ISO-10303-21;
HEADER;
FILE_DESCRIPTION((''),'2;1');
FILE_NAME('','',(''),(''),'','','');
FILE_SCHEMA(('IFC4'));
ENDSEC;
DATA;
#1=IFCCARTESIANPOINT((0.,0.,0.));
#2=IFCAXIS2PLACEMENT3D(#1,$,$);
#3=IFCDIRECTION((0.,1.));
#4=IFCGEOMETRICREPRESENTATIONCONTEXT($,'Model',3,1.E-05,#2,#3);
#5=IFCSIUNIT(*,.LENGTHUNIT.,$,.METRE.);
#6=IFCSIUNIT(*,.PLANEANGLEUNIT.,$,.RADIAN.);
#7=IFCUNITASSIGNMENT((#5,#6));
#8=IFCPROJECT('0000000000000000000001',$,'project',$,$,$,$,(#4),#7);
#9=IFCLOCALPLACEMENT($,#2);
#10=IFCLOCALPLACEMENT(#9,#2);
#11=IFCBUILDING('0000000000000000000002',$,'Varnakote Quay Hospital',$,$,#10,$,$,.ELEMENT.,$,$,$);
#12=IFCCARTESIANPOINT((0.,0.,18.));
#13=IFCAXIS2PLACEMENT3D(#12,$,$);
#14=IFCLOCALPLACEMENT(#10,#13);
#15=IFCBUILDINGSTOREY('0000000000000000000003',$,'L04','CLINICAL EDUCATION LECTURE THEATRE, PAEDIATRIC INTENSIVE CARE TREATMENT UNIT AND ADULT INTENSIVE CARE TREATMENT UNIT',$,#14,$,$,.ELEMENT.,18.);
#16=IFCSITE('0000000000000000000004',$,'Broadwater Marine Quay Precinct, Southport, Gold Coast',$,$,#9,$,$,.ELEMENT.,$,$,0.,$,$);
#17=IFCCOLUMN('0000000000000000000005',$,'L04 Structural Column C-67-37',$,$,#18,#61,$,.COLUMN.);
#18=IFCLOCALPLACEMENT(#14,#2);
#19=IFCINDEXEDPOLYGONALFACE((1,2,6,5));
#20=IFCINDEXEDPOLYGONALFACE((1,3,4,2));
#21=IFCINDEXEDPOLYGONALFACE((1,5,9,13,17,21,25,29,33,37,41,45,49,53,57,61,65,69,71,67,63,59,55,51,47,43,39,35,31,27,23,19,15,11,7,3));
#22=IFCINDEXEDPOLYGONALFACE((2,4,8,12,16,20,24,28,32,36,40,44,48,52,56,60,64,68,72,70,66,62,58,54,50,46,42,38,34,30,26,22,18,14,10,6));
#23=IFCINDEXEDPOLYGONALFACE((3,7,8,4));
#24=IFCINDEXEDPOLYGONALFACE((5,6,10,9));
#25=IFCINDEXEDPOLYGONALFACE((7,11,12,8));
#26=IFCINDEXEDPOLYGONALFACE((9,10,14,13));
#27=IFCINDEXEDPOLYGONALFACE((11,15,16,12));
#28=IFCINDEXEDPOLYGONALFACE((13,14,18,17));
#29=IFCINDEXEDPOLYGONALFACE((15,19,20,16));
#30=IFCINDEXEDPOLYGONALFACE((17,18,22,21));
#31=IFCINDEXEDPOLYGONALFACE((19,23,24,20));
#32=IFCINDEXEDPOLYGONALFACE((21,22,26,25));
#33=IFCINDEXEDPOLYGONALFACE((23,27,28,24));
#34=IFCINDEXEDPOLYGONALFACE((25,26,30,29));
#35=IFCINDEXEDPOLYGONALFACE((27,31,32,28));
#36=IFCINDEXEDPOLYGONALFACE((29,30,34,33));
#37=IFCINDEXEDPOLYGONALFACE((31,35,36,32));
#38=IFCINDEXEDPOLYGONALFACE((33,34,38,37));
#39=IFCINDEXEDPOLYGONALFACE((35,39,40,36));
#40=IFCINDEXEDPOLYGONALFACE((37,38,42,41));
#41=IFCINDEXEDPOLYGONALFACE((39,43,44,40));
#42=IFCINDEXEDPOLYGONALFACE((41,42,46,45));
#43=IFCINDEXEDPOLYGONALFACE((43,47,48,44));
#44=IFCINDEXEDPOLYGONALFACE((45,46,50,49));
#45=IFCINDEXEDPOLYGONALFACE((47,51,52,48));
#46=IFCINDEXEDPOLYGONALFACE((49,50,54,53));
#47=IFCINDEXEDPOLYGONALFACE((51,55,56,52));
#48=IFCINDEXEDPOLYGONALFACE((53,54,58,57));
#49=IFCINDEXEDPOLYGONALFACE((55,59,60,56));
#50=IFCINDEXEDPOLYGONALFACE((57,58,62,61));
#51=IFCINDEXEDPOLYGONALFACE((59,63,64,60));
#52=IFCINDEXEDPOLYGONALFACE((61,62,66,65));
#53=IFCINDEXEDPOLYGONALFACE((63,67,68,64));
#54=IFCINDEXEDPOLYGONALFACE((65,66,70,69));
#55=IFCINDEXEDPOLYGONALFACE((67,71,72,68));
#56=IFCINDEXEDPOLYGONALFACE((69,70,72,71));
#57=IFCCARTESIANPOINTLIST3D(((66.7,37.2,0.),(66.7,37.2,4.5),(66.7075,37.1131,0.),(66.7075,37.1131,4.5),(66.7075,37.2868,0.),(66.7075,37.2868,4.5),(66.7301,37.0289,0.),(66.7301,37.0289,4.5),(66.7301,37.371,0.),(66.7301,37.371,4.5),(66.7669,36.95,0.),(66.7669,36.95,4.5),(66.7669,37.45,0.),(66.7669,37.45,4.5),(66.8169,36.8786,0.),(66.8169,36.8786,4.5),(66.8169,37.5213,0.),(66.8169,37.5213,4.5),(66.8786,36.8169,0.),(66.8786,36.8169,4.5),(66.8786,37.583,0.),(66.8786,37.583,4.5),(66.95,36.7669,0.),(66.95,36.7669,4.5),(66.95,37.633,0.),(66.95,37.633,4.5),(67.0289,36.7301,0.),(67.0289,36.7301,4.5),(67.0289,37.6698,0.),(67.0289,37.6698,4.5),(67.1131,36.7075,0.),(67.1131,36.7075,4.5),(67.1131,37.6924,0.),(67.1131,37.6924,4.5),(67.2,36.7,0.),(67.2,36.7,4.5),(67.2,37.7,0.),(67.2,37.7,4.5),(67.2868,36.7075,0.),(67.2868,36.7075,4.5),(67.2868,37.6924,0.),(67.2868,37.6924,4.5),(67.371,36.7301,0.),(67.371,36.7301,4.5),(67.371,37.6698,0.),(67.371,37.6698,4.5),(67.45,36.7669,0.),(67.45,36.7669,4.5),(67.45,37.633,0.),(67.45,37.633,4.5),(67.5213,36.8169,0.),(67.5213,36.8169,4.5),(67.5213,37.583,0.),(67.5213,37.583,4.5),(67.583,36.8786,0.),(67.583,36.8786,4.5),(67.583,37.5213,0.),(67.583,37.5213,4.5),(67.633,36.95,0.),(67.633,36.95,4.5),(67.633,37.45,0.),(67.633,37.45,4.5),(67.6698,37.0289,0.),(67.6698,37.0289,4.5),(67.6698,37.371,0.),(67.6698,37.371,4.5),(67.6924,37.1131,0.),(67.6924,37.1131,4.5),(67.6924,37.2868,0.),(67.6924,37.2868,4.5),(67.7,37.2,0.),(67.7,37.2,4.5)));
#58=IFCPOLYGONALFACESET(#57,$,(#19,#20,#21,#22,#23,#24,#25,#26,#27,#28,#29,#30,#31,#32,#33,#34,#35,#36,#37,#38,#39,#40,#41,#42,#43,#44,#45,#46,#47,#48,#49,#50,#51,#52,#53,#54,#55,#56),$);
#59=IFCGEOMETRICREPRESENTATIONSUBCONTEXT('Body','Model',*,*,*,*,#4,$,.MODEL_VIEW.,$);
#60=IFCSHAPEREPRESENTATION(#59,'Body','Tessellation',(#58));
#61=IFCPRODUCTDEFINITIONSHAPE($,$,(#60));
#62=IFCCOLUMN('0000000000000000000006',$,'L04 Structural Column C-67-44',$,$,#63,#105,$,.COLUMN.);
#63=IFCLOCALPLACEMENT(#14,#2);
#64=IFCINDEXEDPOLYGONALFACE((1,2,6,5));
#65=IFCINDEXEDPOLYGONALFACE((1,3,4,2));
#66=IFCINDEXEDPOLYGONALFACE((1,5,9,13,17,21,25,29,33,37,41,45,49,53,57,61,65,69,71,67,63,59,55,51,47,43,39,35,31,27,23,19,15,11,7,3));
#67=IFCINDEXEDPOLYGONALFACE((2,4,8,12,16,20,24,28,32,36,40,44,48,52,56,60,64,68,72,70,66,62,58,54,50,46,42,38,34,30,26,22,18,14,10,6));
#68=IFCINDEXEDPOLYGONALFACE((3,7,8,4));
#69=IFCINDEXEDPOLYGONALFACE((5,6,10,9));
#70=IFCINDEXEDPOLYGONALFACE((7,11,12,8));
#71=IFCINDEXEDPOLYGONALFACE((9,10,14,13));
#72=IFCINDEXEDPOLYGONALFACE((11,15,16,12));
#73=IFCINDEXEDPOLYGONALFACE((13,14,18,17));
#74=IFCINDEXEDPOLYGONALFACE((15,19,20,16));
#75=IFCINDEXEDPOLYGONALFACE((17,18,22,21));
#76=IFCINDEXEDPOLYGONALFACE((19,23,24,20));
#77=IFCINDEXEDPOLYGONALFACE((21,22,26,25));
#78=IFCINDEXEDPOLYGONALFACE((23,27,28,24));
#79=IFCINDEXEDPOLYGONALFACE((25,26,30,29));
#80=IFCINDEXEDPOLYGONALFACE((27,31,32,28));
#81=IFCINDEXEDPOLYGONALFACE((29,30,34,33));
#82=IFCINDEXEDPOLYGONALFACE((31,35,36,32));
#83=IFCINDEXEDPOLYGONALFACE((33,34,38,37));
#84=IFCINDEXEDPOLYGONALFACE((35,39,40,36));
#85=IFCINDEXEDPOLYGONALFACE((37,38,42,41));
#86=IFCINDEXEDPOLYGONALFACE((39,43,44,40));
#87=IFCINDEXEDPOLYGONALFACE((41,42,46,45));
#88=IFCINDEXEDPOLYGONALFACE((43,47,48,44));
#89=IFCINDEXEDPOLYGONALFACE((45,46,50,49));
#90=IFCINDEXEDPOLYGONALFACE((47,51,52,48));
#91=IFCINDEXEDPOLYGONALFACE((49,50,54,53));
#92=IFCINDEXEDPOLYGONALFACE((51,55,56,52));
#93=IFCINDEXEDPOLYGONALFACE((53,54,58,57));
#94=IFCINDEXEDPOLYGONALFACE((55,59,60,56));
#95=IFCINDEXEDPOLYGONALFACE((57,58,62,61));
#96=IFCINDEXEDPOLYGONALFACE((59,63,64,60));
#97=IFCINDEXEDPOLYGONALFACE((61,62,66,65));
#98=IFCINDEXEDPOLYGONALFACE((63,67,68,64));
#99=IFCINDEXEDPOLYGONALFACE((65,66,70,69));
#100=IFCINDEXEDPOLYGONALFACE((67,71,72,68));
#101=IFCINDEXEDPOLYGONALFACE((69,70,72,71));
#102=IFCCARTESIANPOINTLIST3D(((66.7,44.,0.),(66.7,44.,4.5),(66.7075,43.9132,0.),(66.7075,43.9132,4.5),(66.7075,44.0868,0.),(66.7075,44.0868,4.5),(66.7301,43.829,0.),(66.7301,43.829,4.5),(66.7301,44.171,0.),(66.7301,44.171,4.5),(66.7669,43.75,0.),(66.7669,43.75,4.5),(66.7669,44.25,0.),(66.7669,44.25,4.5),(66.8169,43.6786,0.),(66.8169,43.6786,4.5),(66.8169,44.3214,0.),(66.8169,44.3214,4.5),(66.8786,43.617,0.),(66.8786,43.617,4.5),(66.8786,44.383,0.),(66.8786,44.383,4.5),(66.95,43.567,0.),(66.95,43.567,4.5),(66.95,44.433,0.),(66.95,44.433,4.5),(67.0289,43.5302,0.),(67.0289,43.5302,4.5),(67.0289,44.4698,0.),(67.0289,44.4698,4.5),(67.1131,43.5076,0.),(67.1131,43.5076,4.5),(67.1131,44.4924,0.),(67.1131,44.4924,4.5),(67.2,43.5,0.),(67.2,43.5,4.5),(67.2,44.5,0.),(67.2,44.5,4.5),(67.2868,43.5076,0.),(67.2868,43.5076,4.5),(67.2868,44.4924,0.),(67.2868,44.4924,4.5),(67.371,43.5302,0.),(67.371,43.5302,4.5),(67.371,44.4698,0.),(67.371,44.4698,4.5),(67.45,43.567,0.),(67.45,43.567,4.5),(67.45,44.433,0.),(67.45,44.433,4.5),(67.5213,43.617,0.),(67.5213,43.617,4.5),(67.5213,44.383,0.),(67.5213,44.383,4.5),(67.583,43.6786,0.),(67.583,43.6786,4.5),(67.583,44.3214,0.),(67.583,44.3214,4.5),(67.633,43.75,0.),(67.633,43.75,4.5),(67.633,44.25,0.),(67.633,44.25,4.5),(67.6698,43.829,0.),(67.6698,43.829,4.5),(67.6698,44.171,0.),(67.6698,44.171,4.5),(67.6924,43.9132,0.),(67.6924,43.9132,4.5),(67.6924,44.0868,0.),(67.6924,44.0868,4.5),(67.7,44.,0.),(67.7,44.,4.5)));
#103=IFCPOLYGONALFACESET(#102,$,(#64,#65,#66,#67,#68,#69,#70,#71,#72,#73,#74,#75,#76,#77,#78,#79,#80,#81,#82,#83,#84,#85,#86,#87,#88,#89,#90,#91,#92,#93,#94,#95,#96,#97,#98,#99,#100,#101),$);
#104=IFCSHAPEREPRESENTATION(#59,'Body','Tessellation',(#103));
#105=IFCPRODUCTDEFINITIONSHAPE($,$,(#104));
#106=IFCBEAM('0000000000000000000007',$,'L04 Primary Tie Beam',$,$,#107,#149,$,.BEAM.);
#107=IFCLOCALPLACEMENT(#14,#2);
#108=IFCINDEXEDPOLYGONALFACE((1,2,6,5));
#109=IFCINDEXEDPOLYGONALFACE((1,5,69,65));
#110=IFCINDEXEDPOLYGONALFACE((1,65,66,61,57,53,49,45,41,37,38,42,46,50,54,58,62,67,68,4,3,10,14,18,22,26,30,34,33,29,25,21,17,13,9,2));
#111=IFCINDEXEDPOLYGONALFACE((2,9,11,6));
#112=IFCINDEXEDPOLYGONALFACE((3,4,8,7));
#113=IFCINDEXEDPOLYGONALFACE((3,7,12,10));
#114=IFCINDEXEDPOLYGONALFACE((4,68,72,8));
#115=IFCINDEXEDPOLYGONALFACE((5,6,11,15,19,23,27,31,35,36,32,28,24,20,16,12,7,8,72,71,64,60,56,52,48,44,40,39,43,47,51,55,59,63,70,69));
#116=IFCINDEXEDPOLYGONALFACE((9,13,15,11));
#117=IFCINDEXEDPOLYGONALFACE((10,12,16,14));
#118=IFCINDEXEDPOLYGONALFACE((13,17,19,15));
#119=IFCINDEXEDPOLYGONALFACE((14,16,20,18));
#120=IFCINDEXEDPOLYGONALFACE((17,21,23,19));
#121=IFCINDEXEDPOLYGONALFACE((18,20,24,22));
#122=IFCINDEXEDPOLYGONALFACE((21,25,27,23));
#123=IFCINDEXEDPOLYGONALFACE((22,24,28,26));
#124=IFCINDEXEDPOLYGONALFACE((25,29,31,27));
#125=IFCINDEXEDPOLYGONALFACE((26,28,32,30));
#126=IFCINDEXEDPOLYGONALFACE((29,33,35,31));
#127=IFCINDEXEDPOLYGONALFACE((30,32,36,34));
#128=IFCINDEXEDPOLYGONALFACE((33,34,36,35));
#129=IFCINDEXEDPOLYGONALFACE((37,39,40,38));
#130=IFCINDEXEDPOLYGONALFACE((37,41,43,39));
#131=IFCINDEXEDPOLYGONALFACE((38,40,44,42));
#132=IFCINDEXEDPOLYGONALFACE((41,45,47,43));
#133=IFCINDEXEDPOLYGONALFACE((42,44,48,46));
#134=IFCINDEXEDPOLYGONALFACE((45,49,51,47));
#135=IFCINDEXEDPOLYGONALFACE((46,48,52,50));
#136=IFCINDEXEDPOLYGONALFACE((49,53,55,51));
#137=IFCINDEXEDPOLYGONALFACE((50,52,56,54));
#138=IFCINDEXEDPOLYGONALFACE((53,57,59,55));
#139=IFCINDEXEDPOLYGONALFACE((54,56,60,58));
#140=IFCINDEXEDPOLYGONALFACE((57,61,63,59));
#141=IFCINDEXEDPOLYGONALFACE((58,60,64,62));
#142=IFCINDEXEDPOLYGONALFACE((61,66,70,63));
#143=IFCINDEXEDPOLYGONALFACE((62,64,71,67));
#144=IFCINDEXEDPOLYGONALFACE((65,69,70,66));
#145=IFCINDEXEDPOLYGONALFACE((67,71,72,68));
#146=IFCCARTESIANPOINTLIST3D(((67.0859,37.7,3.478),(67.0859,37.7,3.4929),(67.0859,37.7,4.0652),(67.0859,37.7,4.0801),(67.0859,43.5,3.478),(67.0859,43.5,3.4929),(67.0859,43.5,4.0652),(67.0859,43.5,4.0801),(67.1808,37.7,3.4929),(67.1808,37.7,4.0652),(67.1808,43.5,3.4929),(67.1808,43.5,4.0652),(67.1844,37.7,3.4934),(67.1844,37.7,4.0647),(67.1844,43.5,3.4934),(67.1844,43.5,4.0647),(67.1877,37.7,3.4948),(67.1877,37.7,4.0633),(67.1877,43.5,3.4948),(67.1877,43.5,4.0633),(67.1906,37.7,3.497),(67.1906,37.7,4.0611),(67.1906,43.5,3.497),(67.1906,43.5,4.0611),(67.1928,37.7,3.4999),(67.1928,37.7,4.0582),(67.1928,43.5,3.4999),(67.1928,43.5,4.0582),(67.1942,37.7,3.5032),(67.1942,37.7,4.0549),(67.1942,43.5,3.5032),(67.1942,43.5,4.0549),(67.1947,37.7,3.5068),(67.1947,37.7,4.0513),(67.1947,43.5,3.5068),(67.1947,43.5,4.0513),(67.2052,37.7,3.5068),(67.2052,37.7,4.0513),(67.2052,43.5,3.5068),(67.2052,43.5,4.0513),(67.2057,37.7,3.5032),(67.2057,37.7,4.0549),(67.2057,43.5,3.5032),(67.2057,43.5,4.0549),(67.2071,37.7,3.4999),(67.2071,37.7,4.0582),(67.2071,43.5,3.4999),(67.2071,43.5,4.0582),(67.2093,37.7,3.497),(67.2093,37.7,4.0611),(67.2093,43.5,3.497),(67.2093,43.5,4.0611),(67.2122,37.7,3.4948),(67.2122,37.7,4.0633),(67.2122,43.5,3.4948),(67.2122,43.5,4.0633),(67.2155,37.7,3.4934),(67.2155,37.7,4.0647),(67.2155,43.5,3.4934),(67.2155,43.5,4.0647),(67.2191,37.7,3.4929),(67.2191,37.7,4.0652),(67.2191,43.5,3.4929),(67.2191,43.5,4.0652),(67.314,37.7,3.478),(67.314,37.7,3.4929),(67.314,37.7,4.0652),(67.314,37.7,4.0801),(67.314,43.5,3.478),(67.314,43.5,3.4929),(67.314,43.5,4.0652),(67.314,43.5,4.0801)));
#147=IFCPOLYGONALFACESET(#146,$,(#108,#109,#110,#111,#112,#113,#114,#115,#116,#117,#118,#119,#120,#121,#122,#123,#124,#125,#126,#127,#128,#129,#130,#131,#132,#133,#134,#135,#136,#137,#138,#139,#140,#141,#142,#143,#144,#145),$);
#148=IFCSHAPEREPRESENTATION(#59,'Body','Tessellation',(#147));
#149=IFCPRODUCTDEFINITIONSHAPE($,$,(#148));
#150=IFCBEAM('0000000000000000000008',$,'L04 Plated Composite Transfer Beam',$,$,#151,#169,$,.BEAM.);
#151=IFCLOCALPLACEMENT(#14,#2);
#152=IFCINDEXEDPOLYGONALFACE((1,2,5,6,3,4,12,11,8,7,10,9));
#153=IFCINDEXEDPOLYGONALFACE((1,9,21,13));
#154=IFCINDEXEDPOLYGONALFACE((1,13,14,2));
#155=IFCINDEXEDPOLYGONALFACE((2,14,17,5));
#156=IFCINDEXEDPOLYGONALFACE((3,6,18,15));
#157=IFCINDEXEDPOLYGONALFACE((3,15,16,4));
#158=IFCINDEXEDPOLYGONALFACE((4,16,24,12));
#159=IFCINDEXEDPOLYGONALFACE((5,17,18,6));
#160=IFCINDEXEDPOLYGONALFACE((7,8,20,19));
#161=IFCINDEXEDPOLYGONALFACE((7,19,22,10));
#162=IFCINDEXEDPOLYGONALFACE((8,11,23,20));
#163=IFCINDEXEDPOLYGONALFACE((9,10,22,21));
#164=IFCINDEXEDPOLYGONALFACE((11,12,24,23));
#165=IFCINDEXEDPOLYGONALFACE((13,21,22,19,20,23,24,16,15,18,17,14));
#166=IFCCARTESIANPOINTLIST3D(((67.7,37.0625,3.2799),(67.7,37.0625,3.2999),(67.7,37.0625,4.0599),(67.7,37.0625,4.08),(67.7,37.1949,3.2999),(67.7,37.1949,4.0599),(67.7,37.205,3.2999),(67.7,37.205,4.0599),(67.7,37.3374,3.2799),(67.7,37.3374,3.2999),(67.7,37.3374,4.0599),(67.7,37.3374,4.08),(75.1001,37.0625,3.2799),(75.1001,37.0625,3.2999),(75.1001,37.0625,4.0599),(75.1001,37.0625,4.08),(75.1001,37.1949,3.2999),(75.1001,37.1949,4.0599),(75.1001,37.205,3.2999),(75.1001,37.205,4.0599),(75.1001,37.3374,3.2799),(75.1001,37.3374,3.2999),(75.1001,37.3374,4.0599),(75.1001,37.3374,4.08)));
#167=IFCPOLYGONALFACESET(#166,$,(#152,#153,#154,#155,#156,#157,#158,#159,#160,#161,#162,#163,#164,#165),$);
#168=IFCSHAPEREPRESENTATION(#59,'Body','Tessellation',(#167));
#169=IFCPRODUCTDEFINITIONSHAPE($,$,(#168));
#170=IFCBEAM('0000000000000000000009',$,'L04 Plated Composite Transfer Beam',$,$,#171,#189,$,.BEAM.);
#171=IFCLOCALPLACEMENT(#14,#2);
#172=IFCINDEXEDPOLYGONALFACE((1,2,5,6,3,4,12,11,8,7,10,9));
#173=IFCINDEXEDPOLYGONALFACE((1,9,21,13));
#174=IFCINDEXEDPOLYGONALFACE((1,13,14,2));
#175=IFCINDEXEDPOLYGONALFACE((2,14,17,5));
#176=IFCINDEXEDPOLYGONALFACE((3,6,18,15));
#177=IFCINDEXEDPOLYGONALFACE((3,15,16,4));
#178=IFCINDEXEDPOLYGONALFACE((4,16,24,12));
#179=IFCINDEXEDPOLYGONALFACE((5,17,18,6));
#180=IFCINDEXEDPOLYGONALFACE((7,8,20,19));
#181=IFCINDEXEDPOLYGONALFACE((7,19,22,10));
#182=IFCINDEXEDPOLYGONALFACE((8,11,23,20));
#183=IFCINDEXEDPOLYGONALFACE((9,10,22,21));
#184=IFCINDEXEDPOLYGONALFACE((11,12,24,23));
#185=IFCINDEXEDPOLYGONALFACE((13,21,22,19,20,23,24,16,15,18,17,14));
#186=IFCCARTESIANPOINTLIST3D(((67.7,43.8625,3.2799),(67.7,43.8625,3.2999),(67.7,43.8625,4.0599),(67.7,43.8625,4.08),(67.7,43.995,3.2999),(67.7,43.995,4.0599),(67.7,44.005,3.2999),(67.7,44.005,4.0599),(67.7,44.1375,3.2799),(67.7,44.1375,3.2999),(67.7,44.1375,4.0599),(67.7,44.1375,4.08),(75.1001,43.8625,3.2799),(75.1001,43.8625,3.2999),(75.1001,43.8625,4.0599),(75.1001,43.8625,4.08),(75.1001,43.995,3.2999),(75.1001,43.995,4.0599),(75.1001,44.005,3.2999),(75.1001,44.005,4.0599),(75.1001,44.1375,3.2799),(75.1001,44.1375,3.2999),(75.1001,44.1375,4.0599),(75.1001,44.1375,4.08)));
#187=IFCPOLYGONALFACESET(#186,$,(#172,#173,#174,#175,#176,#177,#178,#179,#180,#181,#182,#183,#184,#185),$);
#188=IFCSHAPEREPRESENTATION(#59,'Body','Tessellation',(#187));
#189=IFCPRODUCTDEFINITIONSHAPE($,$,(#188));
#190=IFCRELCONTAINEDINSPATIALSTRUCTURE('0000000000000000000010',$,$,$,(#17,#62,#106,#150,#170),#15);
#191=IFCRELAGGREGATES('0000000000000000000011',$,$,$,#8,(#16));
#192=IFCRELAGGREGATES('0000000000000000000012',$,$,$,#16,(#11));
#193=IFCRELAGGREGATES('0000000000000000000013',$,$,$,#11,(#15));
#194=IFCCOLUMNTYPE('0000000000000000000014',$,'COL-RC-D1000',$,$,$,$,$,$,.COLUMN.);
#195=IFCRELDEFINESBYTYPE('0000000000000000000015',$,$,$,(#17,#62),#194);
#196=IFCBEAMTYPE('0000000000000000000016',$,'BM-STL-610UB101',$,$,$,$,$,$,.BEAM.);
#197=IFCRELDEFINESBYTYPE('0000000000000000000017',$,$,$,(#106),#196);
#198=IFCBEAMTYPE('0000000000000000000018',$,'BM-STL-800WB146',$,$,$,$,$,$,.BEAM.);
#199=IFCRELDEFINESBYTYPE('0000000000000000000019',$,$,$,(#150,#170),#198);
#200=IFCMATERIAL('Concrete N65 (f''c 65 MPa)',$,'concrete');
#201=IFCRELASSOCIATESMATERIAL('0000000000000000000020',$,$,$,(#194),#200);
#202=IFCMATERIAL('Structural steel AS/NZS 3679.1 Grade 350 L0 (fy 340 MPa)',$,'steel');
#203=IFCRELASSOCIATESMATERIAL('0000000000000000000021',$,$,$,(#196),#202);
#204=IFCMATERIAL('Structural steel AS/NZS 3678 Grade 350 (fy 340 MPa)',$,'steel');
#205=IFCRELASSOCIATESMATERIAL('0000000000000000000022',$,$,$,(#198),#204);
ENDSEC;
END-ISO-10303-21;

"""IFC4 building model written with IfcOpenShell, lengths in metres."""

from ifc_helpers import new_model, si_unit, direction, frame, origin, origin_2d, place, context, subcontext, project, spatial, circle, i_section, extrude, material, material_profile, profile_set, type_object, element, save


model = new_model("IFC4")

# Units and contexts
model_context = context("Model", 3, precision=1e-05, world=origin(), true_north=direction((0.0, 1.0)))
body_context = subcontext(model_context, "Body", "Model", "MODEL_VIEW")
ifc_project = project(units=[si_unit("LENGTHUNIT", "METRE"), si_unit("PLANEANGLEUNIT", "RADIAN")], contexts=[model_context])

# Site, building, storey
site_placement = place(None, origin())
site = spatial("IfcSite", under=ifc_project, at=site_placement, Name="Broadwater Marine Quay Precinct, Southport, Gold Coast", CompositionType="ELEMENT", RefElevation=0.0)
building_placement = place(site_placement, origin())
building = spatial("IfcBuilding", under=site, at=building_placement, Name="Varnakote Quay Hospital", CompositionType="ELEMENT")
storey_placement = place(building_placement, frame((0.0, 0.0, 18.0)))
storey = spatial("IfcBuildingStorey", under=building, at=storey_placement, Name="L04", Description="CLINICAL EDUCATION LECTURE THEATRE, PAEDIATRIC INTENSIVE CARE TREATMENT UNIT AND ADULT INTENSIVE CARE TREATMENT UNIT", CompositionType="ELEMENT", Elevation=18.0)

# Columns
ifc_material_1 = material(Name="Concrete N65 (f'c 65 MPa)", Category="concrete")
ifc_material_profile_1 = material_profile(ifc_material_1, circle(Radius=0.5, at=origin_2d()), Name="RC-COL-D1000")
ifc_profile_set_1 = profile_set([ifc_material_profile_1], Name="Concrete N65 (f'c 65 MPa)")
column_type = type_object("IfcColumnType", Name="COL-RC-D1000", PredefinedType="COLUMN", material=ifc_profile_set_1)
for number, where, z_axis, x_axis, name in (
    (1, (67.2, 37.2, 0.0), (0.0, 0.0, 1.0), (1.0, 0.0, 0.0), "L04 Structural Column C-67-37"),
    (2, (67.2, 44.0, 0.0), (0.0, 0.0, 1.0), (1.0, 0.0, 0.0), "L04 Structural Column C-67-44"),
):
    element("IfcColumn", number, at=place(storey_placement, frame(where, z_axis=z_axis, x_axis=x_axis)), inside=storey, type_object=column_type, Name=name, PredefinedType="COLUMN", context=body_context, shape_type="SweptSolid", body=[
        extrude(circle(Radius=0.5, at=origin_2d()), origin(), (0.0, 0.0, 1.0), 4.5),
    ])

# Beams
ifc_material_2 = material(Name="Structural steel AS/NZS 3679.1 Grade 350 L0 (fy 340 MPa)", Category="steel")
ifc_material_profile_2 = material_profile(ifc_material_2, i_section(OverallWidth=0.228, OverallDepth=0.6021, WebThickness=0.0105, FlangeThickness=0.0149, FilletRadius=0.0139, at=origin_2d()), Name="610UB101")
ifc_profile_set_2 = profile_set([ifc_material_profile_2], Name="Structural steel AS/NZS 3679.1 Grade 350 L0 (fy 340 MPa)")
beam_type_1 = type_object("IfcBeamType", Name="BM-STL-610UB101", PredefinedType="BEAM", material=ifc_profile_set_2)
beam_placement = place(storey_placement, frame((67.2, 37.7, 3.7791), z_axis=(0.0, 1.0, 0.0), x_axis=(-1.0, 0.0, 0.0)))
element("IfcBeam", 3, at=beam_placement, inside=storey, type_object=beam_type_1, Name="L04 Primary Tie Beam", PredefinedType="BEAM", context=body_context, shape_type="SweptSolid", body=[
    extrude(i_section(OverallWidth=0.228, OverallDepth=0.6021, WebThickness=0.0105, FlangeThickness=0.0149, FilletRadius=0.0139, at=origin_2d()), origin(), (0.0, 0.0, 1.0), 5.8),
])
ifc_material_3 = material(Name="Structural steel AS/NZS 3678 Grade 350 (fy 340 MPa)", Category="steel")
ifc_material_profile_3 = material_profile(ifc_material_3, i_section(OverallWidth=0.2749, OverallDepth=0.8, WebThickness=0.01, FlangeThickness=0.02, at=origin_2d()), Name="800WB146")
ifc_profile_set_3 = profile_set([ifc_material_profile_3], Name="Structural steel AS/NZS 3678 Grade 350 (fy 340 MPa)")
beam_type_2 = type_object("IfcBeamType", Name="BM-STL-800WB146", PredefinedType="BEAM", material=ifc_profile_set_3)
for number, where, z_axis, x_axis, name in (
    (4, (67.7, 37.2, 3.6799), (1.0, 0.0, 0.0), (0.0, 1.0, 0.0), "L04 Plated Composite Transfer Beam"),
    (5, (67.7, 44.0, 3.6799), (1.0, 0.0, 0.0), (0.0, 1.0, 0.0), "L04 Plated Composite Transfer Beam"),
):
    element("IfcBeam", number, at=place(storey_placement, frame(where, z_axis=z_axis, x_axis=x_axis)), inside=storey, type_object=beam_type_2, Name=name, PredefinedType="BEAM", context=body_context, shape_type="SweptSolid", body=[
        extrude(i_section(OverallWidth=0.2749, OverallDepth=0.8, WebThickness=0.01, FlangeThickness=0.02, at=origin_2d()), origin(), (0.0, 0.0, 1.0), 7.4001),
    ])

save(model, "model.ifc")
